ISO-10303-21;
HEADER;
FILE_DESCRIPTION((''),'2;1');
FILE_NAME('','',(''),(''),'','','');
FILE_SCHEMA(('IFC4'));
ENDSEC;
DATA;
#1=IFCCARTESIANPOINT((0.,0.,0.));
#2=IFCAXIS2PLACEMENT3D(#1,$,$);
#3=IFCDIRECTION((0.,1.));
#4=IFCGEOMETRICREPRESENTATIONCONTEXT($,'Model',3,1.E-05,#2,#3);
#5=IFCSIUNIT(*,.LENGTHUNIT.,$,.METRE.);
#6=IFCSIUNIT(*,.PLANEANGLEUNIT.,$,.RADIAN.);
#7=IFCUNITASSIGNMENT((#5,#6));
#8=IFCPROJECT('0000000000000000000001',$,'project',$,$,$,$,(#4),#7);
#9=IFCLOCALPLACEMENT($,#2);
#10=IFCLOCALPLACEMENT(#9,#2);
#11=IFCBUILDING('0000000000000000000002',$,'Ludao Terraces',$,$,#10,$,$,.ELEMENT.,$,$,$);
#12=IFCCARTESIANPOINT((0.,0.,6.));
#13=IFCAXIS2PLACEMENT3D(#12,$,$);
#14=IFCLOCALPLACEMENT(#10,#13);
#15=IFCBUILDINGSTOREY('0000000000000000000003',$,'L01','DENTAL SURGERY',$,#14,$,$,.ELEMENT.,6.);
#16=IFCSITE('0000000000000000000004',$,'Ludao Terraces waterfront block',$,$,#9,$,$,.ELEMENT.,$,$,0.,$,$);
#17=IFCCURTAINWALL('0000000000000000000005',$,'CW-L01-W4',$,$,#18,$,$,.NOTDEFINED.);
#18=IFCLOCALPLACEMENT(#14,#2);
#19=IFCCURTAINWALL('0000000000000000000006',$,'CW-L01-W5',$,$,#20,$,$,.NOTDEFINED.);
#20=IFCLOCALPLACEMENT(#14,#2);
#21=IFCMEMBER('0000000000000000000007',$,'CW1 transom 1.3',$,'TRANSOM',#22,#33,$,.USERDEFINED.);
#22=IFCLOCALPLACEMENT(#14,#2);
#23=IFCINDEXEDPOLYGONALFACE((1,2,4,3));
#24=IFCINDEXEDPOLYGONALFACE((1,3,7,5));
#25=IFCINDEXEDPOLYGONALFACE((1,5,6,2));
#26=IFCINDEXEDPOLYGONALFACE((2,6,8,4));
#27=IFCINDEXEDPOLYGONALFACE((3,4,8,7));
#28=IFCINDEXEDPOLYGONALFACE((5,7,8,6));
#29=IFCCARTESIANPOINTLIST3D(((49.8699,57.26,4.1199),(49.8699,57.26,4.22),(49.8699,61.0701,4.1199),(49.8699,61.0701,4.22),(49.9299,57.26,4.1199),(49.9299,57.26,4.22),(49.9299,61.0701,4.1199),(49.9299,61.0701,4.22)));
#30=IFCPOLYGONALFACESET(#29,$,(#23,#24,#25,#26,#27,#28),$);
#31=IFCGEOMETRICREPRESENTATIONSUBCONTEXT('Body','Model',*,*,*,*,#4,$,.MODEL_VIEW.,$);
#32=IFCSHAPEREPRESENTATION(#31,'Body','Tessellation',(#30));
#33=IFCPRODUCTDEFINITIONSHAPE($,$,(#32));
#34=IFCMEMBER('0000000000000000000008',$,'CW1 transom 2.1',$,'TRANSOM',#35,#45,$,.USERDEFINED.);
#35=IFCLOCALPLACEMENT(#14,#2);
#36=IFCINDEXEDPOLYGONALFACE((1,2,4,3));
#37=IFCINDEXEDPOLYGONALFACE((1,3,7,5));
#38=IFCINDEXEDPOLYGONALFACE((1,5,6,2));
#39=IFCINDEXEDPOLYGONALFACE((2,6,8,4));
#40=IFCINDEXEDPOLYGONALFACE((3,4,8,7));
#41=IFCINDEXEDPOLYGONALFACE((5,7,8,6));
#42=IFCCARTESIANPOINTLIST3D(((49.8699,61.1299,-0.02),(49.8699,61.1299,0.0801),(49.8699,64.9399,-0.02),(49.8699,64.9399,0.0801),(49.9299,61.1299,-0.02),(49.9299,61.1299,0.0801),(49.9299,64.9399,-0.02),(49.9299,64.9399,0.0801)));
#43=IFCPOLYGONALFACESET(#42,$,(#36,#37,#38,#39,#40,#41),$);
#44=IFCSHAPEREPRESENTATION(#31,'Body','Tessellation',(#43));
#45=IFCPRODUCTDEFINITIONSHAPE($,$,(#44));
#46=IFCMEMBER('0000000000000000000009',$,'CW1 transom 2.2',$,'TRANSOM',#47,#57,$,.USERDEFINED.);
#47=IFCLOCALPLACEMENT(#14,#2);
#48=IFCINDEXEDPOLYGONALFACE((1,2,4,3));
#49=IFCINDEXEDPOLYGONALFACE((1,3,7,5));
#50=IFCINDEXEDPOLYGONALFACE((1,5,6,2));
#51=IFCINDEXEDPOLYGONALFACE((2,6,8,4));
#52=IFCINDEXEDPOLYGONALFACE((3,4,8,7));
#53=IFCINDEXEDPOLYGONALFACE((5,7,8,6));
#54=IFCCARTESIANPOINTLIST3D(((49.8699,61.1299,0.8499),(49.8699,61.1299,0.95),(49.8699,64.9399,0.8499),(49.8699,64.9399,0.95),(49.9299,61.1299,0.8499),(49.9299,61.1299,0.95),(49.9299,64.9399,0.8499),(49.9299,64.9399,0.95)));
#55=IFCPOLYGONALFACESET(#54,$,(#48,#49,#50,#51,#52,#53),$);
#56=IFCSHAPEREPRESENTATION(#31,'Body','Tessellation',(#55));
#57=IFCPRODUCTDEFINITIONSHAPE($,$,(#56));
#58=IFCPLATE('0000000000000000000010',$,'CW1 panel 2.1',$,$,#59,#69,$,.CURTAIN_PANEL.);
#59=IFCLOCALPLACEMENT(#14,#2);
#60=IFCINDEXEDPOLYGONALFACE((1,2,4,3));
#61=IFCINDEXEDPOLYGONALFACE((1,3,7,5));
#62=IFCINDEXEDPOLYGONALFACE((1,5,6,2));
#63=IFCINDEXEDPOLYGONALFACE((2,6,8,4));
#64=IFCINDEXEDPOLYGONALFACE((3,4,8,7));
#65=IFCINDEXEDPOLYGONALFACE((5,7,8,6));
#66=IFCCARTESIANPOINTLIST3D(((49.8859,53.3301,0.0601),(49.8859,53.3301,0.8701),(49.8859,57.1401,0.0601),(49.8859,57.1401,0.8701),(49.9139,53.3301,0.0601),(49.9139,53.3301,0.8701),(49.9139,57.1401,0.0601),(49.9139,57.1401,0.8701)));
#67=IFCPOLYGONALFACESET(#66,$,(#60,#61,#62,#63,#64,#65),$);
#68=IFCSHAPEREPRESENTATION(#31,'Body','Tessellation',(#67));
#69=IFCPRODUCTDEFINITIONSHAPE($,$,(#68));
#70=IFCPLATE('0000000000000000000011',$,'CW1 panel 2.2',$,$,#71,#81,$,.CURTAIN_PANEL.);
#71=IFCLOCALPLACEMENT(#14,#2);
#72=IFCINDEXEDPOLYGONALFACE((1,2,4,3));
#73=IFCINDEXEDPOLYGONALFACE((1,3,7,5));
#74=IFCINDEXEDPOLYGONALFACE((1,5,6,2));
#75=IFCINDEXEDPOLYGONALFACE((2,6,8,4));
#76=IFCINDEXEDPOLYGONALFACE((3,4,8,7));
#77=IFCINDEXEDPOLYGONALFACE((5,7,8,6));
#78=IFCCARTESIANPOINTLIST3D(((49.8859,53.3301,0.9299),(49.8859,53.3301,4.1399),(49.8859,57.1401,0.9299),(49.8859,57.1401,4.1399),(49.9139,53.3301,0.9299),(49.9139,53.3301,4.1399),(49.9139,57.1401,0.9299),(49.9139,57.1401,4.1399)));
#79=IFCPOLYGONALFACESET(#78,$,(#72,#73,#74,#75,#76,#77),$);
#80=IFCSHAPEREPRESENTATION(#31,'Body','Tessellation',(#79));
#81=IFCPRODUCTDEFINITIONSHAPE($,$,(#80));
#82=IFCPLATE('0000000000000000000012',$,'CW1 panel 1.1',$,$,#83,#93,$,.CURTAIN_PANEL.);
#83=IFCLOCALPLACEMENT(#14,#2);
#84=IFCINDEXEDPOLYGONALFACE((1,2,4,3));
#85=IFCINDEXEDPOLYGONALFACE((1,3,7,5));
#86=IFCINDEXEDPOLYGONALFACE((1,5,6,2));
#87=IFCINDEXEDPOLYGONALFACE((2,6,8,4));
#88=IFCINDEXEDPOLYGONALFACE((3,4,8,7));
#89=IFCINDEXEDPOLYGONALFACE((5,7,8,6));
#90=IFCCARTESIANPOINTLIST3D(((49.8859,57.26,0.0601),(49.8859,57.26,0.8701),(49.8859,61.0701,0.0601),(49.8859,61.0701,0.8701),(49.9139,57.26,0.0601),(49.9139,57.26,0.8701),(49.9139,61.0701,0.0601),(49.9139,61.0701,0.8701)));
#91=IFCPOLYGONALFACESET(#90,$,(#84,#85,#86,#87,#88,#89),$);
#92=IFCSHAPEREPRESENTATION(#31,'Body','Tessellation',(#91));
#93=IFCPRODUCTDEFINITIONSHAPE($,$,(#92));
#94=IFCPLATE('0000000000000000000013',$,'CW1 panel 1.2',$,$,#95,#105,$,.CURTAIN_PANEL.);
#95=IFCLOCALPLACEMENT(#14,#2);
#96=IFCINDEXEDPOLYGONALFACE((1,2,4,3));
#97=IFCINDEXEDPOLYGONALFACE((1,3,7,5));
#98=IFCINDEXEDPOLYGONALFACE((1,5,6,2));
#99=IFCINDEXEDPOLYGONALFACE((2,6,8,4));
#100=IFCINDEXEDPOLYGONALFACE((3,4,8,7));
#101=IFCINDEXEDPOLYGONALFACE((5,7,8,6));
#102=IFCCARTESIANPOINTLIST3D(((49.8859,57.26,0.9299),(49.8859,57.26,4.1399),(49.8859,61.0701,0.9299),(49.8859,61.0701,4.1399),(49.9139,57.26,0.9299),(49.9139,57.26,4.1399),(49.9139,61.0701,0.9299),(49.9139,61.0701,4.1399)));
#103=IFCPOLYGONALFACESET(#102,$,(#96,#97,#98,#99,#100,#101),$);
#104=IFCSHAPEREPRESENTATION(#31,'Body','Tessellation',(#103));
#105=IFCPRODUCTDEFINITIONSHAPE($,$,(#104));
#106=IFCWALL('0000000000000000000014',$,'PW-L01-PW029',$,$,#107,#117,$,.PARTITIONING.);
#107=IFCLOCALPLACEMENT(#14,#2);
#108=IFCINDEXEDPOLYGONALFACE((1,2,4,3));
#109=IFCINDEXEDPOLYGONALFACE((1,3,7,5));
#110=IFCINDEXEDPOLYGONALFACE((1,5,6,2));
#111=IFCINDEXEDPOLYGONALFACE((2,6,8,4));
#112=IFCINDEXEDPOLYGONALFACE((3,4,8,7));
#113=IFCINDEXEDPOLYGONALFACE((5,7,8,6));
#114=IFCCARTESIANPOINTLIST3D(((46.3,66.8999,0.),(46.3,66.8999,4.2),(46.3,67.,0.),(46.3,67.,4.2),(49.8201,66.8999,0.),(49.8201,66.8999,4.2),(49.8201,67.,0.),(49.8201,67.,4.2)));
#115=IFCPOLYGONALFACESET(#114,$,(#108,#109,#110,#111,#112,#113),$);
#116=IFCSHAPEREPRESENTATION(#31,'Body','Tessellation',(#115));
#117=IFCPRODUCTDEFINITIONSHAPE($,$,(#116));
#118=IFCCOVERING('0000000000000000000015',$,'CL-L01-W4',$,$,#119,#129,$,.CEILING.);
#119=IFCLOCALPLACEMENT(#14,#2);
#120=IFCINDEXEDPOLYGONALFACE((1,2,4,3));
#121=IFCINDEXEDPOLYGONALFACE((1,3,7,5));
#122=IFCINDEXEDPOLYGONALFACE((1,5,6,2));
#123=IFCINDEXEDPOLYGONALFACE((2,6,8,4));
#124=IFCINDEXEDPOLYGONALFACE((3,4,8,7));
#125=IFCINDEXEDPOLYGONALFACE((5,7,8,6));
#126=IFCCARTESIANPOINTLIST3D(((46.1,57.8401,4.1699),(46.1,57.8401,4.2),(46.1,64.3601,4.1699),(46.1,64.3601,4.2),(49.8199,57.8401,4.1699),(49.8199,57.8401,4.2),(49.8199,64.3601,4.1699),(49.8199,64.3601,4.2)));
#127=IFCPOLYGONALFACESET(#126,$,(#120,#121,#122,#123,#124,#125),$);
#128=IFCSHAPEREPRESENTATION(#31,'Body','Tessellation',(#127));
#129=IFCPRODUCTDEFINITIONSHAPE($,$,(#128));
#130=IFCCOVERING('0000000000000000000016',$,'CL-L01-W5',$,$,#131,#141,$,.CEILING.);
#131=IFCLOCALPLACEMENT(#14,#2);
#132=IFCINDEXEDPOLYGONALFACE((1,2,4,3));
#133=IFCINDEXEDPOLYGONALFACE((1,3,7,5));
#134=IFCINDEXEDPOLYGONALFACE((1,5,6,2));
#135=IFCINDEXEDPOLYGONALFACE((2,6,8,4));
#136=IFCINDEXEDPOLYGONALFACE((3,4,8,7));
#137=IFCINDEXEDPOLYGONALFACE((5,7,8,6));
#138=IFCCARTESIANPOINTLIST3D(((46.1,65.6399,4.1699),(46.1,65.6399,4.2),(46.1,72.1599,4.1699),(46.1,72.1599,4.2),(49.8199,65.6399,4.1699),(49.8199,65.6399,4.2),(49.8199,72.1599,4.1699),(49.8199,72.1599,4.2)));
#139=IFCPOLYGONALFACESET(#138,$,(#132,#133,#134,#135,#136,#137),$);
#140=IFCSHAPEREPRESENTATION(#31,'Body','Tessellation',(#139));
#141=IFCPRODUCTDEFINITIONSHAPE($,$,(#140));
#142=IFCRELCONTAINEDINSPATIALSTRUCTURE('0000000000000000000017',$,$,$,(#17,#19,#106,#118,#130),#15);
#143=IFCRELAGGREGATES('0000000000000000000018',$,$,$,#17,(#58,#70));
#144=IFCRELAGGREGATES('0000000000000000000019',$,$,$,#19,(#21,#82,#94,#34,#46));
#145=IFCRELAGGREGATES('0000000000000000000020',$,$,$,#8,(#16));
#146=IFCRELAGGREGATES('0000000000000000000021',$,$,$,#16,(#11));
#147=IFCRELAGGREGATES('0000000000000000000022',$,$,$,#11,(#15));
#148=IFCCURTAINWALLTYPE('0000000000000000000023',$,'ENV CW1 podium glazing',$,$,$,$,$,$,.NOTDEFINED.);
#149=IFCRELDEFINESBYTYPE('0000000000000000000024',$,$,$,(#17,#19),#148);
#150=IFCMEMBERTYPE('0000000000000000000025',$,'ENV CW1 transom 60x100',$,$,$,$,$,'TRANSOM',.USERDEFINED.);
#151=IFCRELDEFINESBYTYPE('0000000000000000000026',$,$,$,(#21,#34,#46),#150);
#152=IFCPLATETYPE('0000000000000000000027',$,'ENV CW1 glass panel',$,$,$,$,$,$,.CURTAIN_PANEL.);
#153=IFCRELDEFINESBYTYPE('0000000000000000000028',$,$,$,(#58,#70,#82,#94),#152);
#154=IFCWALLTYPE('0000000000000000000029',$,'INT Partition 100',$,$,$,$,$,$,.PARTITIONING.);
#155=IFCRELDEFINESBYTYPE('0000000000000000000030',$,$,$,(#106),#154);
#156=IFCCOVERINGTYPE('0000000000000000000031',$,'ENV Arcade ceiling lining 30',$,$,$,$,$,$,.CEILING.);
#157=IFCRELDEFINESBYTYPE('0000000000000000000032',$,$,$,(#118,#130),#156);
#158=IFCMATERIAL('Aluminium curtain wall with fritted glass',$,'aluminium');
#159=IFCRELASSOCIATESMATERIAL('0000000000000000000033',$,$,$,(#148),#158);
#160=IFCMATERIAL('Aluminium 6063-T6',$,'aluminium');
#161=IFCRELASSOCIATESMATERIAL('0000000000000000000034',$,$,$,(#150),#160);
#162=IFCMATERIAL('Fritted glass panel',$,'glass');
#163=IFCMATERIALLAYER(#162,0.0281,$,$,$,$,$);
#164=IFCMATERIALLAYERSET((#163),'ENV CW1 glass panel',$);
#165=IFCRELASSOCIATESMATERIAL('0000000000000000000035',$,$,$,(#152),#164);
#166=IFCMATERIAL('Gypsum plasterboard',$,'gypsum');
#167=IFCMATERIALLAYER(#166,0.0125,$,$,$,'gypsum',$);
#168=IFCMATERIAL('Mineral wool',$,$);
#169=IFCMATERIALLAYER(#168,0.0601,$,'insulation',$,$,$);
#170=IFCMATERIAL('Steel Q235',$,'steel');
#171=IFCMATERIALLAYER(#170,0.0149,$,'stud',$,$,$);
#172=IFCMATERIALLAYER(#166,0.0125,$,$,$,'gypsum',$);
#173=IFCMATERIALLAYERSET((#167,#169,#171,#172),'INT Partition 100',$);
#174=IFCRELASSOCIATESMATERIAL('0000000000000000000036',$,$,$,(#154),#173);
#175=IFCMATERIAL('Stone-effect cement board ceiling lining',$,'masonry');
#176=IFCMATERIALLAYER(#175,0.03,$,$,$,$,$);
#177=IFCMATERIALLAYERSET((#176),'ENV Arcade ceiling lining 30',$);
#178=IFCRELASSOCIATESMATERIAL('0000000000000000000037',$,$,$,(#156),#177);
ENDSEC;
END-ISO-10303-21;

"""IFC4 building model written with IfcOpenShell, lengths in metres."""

from ifc_helpers import new_model, si_unit, direction, frame, frame_2d, origin, origin_2d, place, context, subcontext, project, spatial, rectangle, extrude, material, layer, layer_set, material_profile, profile_set, type_object, element, aggregate, save


model = new_model("IFC4")

# Units and contexts
model_context = context("Model", 3, precision=1e-05, world=origin(), true_north=direction((0.0, 1.0)))
body_context = subcontext(model_context, "Body", "Model", "MODEL_VIEW")
ifc_project = project(units=[si_unit("LENGTHUNIT", "METRE"), si_unit("PLANEANGLEUNIT", "RADIAN")], contexts=[model_context])

# Site, building, storey
site_placement = place(None, origin())
site = spatial("IfcSite", under=ifc_project, at=site_placement, Name="Ludao Terraces waterfront block", CompositionType="ELEMENT", RefElevation=0.0)
building_placement = place(site_placement, origin())
building = spatial("IfcBuilding", under=site, at=building_placement, Name="Ludao Terraces", CompositionType="ELEMENT")
storey_placement = place(building_placement, frame((0.0, 0.0, 6.0)))
storey = spatial("IfcBuildingStorey", under=building, at=storey_placement, Name="L01", Description="DENTAL SURGERY", CompositionType="ELEMENT", Elevation=6.0)

# Curtain wall
ifc_material_1 = material(Name="Aluminium curtain wall with fritted glass", Category="aluminium")
curtain_wall_type = type_object("IfcCurtainWallType", Name="ENV CW1 podium glazing", PredefinedType="NOTDEFINED", material=ifc_material_1)
curtain_wall_1_placement = place(storey_placement, origin())
curtain_wall_1 = element("IfcCurtainWall", 1, at=curtain_wall_1_placement, inside=storey, type_object=curtain_wall_type, Name="CW-L01-W4", PredefinedType="NOTDEFINED")
ifc_material_2 = material(Name="Aluminium 6063-T6", Category="aluminium")

# Curtain wall
curtain_wall_2_placement = place(storey_placement, origin())
curtain_wall_2 = element("IfcCurtainWall", 2, at=curtain_wall_2_placement, inside=storey, type_object=curtain_wall_type, Name="CW-L01-W5", PredefinedType="NOTDEFINED")

# Members
ifc_material_profile_1 = material_profile(ifc_material_2, rectangle(XDim=0.0601, YDim=0.1001, at=origin_2d()), Name="60 X 100")
ifc_profile_set_1 = profile_set([ifc_material_profile_1], Name="Aluminium 6063-T6")
member_type_1 = type_object("IfcMemberType", Name="ENV CW1 transom 60x100", ElementType="TRANSOM", PredefinedType="USERDEFINED", material=ifc_profile_set_1)
member_1_placement = place(storey_placement, frame((49.8999, 57.26, 4.1699), z_axis=(0.0, 1.0, 0.0), x_axis=(-1.0, 0.0, 0.0)))
member_1 = element("IfcMember", 3, at=member_1_placement, type_object=member_type_1, Name="CW1 transom 1.3", ObjectType="TRANSOM", PredefinedType="USERDEFINED", context=body_context, shape_type="SweptSolid", body=[
    extrude(rectangle(XDim=0.0601, YDim=0.1001, at=origin_2d()), origin(), (0.0, 0.0, 1.0), 3.8101),
])
member_2_placement = place(storey_placement, frame((49.8999, 61.1299, 0.03), z_axis=(0.0, 1.0, 0.0), x_axis=(-1.0, 0.0, 0.0)))
member_2 = element("IfcMember", 4, at=member_2_placement, type_object=member_type_1, Name="CW1 transom 2.1", ObjectType="TRANSOM", PredefinedType="USERDEFINED", context=body_context, shape_type="SweptSolid", body=[
    extrude(rectangle(XDim=0.0601, YDim=0.1001, at=origin_2d()), origin(), (0.0, 0.0, 1.0), 3.8101),
])
member_3_placement = place(storey_placement, frame((49.8999, 61.1299, 0.8999), z_axis=(0.0, 1.0, 0.0), x_axis=(-1.0, 0.0, 0.0)))
member_3 = element("IfcMember", 5, at=member_3_placement, type_object=member_type_1, Name="CW1 transom 2.2", ObjectType="TRANSOM", PredefinedType="USERDEFINED", context=body_context, shape_type="SweptSolid", body=[
    extrude(rectangle(XDim=0.0601, YDim=0.1001, at=origin_2d()), origin(), (0.0, 0.0, 1.0), 3.8101),
])

# Plates
ifc_material_3 = material(Name="Fritted glass panel", Category="glass")
ifc_layer_1 = layer(ifc_material_3, 0.0281)
ifc_layer_set_1 = layer_set([ifc_layer_1], Name="ENV CW1 glass panel")
plate_type = type_object("IfcPlateType", Name="ENV CW1 glass panel", PredefinedType="CURTAIN_PANEL", material=ifc_layer_set_1)
plate_1_placement = place(storey_placement, frame((49.8999, 55.2351, 0.0601), z_axis=(0.0, 0.0, 1.0), x_axis=(0.0, 1.0, 0.0)))
plate_1 = element("IfcPlate", 6, at=plate_1_placement, type_object=plate_type, Name="CW1 panel 2.1", PredefinedType="CURTAIN_PANEL", context=body_context, shape_type="SweptSolid", body=[
    extrude(rectangle(XDim=3.8101, YDim=0.0281, at=origin_2d()), origin(), (0.0, 0.0, 1.0), 0.8101),
])
plate_2_placement = place(storey_placement, frame((49.8999, 55.2351, 0.9299), z_axis=(0.0, 0.0, 1.0), x_axis=(0.0, 1.0, 0.0)))
plate_2 = element("IfcPlate", 7, at=plate_2_placement, type_object=plate_type, Name="CW1 panel 2.2", PredefinedType="CURTAIN_PANEL", context=body_context, shape_type="SweptSolid", body=[
    extrude(rectangle(XDim=3.8101, YDim=0.0281, at=origin_2d()), origin(), (0.0, 0.0, 1.0), 3.21),
])
aggregate(curtain_wall_1, [plate_1, plate_2])
plate_3_placement = place(storey_placement, frame((49.8999, 59.165, 0.0601), z_axis=(0.0, 0.0, 1.0), x_axis=(0.0, 1.0, 0.0)))
plate_3 = element("IfcPlate", 8, at=plate_3_placement, type_object=plate_type, Name="CW1 panel 1.1", PredefinedType="CURTAIN_PANEL", context=body_context, shape_type="SweptSolid", body=[
    extrude(rectangle(XDim=3.8101, YDim=0.0281, at=origin_2d()), origin(), (0.0, 0.0, 1.0), 0.8101),
])
plate_4_placement = place(storey_placement, frame((49.8999, 59.165, 0.9299), z_axis=(0.0, 0.0, 1.0), x_axis=(0.0, 1.0, 0.0)))
plate_4 = element("IfcPlate", 9, at=plate_4_placement, type_object=plate_type, Name="CW1 panel 1.2", PredefinedType="CURTAIN_PANEL", context=body_context, shape_type="SweptSolid", body=[
    extrude(rectangle(XDim=3.8101, YDim=0.0281, at=origin_2d()), origin(), (0.0, 0.0, 1.0), 3.21),
])
aggregate(curtain_wall_2, [member_1, plate_3, plate_4, member_2, member_3])

# Wall
ifc_material_4 = material(Name="Gypsum plasterboard", Category="gypsum")
ifc_layer_2 = layer(ifc_material_4, 0.0125, Category="gypsum")
ifc_material_5 = material(Name="Mineral wool")
ifc_layer_3 = layer(ifc_material_5, 0.0601, Name="insulation")
ifc_material_6 = material(Name="Steel Q235", Category="steel")
ifc_layer_4 = layer(ifc_material_6, 0.0149, Name="stud")
ifc_layer_5 = layer(ifc_material_4, 0.0125, Category="gypsum")
ifc_layer_set_2 = layer_set([ifc_layer_2, ifc_layer_3, ifc_layer_4, ifc_layer_5], Name="INT Partition 100")
wall_type = type_object("IfcWallType", Name="INT Partition 100", PredefinedType="PARTITIONING", material=ifc_layer_set_2)
wall_placement = place(storey_placement, frame((46.3, 66.95, 0.0), z_axis=(0.0, 0.0, 1.0), x_axis=(1.0, 0.0, 0.0)))
element("IfcWall", 10, at=wall_placement, inside=storey, type_object=wall_type, Name="PW-L01-PW029", PredefinedType="PARTITIONING", context=body_context, shape_type="SweptSolid", body=[
    extrude(rectangle(XDim=3.52, YDim=0.1001, at=frame_2d((1.76, 0.0))), origin(), (0.0, 0.0, 1.0), 4.2),
])

# Coverings
ifc_material_7 = material(Name="Stone-effect cement board ceiling lining", Category="masonry")
ifc_layer_6 = layer(ifc_material_7, 0.03)
ifc_layer_set_3 = layer_set([ifc_layer_6], Name="ENV Arcade ceiling lining 30")
covering_type = type_object("IfcCoveringType", Name="ENV Arcade ceiling lining 30", PredefinedType="CEILING", material=ifc_layer_set_3)
for number, where, z_axis, x_axis, name in (
    (11, (47.96, 61.1001, 4.1699), (0.0, 0.0, 1.0), (1.0, 0.0, 0.0), "CL-L01-W4"),
    (12, (47.96, 68.8999, 4.1699), (0.0, 0.0, 1.0), (1.0, 0.0, 0.0), "CL-L01-W5"),
):
    element("IfcCovering", number, at=place(storey_placement, frame(where, z_axis=z_axis, x_axis=x_axis)), inside=storey, type_object=covering_type, Name=name, PredefinedType="CEILING", context=body_context, shape_type="SweptSolid", body=[
        extrude(rectangle(XDim=3.72, YDim=6.52, at=origin_2d()), origin(), (0.0, 0.0, 1.0), 0.03),
    ])

save(model, "model.ifc")
